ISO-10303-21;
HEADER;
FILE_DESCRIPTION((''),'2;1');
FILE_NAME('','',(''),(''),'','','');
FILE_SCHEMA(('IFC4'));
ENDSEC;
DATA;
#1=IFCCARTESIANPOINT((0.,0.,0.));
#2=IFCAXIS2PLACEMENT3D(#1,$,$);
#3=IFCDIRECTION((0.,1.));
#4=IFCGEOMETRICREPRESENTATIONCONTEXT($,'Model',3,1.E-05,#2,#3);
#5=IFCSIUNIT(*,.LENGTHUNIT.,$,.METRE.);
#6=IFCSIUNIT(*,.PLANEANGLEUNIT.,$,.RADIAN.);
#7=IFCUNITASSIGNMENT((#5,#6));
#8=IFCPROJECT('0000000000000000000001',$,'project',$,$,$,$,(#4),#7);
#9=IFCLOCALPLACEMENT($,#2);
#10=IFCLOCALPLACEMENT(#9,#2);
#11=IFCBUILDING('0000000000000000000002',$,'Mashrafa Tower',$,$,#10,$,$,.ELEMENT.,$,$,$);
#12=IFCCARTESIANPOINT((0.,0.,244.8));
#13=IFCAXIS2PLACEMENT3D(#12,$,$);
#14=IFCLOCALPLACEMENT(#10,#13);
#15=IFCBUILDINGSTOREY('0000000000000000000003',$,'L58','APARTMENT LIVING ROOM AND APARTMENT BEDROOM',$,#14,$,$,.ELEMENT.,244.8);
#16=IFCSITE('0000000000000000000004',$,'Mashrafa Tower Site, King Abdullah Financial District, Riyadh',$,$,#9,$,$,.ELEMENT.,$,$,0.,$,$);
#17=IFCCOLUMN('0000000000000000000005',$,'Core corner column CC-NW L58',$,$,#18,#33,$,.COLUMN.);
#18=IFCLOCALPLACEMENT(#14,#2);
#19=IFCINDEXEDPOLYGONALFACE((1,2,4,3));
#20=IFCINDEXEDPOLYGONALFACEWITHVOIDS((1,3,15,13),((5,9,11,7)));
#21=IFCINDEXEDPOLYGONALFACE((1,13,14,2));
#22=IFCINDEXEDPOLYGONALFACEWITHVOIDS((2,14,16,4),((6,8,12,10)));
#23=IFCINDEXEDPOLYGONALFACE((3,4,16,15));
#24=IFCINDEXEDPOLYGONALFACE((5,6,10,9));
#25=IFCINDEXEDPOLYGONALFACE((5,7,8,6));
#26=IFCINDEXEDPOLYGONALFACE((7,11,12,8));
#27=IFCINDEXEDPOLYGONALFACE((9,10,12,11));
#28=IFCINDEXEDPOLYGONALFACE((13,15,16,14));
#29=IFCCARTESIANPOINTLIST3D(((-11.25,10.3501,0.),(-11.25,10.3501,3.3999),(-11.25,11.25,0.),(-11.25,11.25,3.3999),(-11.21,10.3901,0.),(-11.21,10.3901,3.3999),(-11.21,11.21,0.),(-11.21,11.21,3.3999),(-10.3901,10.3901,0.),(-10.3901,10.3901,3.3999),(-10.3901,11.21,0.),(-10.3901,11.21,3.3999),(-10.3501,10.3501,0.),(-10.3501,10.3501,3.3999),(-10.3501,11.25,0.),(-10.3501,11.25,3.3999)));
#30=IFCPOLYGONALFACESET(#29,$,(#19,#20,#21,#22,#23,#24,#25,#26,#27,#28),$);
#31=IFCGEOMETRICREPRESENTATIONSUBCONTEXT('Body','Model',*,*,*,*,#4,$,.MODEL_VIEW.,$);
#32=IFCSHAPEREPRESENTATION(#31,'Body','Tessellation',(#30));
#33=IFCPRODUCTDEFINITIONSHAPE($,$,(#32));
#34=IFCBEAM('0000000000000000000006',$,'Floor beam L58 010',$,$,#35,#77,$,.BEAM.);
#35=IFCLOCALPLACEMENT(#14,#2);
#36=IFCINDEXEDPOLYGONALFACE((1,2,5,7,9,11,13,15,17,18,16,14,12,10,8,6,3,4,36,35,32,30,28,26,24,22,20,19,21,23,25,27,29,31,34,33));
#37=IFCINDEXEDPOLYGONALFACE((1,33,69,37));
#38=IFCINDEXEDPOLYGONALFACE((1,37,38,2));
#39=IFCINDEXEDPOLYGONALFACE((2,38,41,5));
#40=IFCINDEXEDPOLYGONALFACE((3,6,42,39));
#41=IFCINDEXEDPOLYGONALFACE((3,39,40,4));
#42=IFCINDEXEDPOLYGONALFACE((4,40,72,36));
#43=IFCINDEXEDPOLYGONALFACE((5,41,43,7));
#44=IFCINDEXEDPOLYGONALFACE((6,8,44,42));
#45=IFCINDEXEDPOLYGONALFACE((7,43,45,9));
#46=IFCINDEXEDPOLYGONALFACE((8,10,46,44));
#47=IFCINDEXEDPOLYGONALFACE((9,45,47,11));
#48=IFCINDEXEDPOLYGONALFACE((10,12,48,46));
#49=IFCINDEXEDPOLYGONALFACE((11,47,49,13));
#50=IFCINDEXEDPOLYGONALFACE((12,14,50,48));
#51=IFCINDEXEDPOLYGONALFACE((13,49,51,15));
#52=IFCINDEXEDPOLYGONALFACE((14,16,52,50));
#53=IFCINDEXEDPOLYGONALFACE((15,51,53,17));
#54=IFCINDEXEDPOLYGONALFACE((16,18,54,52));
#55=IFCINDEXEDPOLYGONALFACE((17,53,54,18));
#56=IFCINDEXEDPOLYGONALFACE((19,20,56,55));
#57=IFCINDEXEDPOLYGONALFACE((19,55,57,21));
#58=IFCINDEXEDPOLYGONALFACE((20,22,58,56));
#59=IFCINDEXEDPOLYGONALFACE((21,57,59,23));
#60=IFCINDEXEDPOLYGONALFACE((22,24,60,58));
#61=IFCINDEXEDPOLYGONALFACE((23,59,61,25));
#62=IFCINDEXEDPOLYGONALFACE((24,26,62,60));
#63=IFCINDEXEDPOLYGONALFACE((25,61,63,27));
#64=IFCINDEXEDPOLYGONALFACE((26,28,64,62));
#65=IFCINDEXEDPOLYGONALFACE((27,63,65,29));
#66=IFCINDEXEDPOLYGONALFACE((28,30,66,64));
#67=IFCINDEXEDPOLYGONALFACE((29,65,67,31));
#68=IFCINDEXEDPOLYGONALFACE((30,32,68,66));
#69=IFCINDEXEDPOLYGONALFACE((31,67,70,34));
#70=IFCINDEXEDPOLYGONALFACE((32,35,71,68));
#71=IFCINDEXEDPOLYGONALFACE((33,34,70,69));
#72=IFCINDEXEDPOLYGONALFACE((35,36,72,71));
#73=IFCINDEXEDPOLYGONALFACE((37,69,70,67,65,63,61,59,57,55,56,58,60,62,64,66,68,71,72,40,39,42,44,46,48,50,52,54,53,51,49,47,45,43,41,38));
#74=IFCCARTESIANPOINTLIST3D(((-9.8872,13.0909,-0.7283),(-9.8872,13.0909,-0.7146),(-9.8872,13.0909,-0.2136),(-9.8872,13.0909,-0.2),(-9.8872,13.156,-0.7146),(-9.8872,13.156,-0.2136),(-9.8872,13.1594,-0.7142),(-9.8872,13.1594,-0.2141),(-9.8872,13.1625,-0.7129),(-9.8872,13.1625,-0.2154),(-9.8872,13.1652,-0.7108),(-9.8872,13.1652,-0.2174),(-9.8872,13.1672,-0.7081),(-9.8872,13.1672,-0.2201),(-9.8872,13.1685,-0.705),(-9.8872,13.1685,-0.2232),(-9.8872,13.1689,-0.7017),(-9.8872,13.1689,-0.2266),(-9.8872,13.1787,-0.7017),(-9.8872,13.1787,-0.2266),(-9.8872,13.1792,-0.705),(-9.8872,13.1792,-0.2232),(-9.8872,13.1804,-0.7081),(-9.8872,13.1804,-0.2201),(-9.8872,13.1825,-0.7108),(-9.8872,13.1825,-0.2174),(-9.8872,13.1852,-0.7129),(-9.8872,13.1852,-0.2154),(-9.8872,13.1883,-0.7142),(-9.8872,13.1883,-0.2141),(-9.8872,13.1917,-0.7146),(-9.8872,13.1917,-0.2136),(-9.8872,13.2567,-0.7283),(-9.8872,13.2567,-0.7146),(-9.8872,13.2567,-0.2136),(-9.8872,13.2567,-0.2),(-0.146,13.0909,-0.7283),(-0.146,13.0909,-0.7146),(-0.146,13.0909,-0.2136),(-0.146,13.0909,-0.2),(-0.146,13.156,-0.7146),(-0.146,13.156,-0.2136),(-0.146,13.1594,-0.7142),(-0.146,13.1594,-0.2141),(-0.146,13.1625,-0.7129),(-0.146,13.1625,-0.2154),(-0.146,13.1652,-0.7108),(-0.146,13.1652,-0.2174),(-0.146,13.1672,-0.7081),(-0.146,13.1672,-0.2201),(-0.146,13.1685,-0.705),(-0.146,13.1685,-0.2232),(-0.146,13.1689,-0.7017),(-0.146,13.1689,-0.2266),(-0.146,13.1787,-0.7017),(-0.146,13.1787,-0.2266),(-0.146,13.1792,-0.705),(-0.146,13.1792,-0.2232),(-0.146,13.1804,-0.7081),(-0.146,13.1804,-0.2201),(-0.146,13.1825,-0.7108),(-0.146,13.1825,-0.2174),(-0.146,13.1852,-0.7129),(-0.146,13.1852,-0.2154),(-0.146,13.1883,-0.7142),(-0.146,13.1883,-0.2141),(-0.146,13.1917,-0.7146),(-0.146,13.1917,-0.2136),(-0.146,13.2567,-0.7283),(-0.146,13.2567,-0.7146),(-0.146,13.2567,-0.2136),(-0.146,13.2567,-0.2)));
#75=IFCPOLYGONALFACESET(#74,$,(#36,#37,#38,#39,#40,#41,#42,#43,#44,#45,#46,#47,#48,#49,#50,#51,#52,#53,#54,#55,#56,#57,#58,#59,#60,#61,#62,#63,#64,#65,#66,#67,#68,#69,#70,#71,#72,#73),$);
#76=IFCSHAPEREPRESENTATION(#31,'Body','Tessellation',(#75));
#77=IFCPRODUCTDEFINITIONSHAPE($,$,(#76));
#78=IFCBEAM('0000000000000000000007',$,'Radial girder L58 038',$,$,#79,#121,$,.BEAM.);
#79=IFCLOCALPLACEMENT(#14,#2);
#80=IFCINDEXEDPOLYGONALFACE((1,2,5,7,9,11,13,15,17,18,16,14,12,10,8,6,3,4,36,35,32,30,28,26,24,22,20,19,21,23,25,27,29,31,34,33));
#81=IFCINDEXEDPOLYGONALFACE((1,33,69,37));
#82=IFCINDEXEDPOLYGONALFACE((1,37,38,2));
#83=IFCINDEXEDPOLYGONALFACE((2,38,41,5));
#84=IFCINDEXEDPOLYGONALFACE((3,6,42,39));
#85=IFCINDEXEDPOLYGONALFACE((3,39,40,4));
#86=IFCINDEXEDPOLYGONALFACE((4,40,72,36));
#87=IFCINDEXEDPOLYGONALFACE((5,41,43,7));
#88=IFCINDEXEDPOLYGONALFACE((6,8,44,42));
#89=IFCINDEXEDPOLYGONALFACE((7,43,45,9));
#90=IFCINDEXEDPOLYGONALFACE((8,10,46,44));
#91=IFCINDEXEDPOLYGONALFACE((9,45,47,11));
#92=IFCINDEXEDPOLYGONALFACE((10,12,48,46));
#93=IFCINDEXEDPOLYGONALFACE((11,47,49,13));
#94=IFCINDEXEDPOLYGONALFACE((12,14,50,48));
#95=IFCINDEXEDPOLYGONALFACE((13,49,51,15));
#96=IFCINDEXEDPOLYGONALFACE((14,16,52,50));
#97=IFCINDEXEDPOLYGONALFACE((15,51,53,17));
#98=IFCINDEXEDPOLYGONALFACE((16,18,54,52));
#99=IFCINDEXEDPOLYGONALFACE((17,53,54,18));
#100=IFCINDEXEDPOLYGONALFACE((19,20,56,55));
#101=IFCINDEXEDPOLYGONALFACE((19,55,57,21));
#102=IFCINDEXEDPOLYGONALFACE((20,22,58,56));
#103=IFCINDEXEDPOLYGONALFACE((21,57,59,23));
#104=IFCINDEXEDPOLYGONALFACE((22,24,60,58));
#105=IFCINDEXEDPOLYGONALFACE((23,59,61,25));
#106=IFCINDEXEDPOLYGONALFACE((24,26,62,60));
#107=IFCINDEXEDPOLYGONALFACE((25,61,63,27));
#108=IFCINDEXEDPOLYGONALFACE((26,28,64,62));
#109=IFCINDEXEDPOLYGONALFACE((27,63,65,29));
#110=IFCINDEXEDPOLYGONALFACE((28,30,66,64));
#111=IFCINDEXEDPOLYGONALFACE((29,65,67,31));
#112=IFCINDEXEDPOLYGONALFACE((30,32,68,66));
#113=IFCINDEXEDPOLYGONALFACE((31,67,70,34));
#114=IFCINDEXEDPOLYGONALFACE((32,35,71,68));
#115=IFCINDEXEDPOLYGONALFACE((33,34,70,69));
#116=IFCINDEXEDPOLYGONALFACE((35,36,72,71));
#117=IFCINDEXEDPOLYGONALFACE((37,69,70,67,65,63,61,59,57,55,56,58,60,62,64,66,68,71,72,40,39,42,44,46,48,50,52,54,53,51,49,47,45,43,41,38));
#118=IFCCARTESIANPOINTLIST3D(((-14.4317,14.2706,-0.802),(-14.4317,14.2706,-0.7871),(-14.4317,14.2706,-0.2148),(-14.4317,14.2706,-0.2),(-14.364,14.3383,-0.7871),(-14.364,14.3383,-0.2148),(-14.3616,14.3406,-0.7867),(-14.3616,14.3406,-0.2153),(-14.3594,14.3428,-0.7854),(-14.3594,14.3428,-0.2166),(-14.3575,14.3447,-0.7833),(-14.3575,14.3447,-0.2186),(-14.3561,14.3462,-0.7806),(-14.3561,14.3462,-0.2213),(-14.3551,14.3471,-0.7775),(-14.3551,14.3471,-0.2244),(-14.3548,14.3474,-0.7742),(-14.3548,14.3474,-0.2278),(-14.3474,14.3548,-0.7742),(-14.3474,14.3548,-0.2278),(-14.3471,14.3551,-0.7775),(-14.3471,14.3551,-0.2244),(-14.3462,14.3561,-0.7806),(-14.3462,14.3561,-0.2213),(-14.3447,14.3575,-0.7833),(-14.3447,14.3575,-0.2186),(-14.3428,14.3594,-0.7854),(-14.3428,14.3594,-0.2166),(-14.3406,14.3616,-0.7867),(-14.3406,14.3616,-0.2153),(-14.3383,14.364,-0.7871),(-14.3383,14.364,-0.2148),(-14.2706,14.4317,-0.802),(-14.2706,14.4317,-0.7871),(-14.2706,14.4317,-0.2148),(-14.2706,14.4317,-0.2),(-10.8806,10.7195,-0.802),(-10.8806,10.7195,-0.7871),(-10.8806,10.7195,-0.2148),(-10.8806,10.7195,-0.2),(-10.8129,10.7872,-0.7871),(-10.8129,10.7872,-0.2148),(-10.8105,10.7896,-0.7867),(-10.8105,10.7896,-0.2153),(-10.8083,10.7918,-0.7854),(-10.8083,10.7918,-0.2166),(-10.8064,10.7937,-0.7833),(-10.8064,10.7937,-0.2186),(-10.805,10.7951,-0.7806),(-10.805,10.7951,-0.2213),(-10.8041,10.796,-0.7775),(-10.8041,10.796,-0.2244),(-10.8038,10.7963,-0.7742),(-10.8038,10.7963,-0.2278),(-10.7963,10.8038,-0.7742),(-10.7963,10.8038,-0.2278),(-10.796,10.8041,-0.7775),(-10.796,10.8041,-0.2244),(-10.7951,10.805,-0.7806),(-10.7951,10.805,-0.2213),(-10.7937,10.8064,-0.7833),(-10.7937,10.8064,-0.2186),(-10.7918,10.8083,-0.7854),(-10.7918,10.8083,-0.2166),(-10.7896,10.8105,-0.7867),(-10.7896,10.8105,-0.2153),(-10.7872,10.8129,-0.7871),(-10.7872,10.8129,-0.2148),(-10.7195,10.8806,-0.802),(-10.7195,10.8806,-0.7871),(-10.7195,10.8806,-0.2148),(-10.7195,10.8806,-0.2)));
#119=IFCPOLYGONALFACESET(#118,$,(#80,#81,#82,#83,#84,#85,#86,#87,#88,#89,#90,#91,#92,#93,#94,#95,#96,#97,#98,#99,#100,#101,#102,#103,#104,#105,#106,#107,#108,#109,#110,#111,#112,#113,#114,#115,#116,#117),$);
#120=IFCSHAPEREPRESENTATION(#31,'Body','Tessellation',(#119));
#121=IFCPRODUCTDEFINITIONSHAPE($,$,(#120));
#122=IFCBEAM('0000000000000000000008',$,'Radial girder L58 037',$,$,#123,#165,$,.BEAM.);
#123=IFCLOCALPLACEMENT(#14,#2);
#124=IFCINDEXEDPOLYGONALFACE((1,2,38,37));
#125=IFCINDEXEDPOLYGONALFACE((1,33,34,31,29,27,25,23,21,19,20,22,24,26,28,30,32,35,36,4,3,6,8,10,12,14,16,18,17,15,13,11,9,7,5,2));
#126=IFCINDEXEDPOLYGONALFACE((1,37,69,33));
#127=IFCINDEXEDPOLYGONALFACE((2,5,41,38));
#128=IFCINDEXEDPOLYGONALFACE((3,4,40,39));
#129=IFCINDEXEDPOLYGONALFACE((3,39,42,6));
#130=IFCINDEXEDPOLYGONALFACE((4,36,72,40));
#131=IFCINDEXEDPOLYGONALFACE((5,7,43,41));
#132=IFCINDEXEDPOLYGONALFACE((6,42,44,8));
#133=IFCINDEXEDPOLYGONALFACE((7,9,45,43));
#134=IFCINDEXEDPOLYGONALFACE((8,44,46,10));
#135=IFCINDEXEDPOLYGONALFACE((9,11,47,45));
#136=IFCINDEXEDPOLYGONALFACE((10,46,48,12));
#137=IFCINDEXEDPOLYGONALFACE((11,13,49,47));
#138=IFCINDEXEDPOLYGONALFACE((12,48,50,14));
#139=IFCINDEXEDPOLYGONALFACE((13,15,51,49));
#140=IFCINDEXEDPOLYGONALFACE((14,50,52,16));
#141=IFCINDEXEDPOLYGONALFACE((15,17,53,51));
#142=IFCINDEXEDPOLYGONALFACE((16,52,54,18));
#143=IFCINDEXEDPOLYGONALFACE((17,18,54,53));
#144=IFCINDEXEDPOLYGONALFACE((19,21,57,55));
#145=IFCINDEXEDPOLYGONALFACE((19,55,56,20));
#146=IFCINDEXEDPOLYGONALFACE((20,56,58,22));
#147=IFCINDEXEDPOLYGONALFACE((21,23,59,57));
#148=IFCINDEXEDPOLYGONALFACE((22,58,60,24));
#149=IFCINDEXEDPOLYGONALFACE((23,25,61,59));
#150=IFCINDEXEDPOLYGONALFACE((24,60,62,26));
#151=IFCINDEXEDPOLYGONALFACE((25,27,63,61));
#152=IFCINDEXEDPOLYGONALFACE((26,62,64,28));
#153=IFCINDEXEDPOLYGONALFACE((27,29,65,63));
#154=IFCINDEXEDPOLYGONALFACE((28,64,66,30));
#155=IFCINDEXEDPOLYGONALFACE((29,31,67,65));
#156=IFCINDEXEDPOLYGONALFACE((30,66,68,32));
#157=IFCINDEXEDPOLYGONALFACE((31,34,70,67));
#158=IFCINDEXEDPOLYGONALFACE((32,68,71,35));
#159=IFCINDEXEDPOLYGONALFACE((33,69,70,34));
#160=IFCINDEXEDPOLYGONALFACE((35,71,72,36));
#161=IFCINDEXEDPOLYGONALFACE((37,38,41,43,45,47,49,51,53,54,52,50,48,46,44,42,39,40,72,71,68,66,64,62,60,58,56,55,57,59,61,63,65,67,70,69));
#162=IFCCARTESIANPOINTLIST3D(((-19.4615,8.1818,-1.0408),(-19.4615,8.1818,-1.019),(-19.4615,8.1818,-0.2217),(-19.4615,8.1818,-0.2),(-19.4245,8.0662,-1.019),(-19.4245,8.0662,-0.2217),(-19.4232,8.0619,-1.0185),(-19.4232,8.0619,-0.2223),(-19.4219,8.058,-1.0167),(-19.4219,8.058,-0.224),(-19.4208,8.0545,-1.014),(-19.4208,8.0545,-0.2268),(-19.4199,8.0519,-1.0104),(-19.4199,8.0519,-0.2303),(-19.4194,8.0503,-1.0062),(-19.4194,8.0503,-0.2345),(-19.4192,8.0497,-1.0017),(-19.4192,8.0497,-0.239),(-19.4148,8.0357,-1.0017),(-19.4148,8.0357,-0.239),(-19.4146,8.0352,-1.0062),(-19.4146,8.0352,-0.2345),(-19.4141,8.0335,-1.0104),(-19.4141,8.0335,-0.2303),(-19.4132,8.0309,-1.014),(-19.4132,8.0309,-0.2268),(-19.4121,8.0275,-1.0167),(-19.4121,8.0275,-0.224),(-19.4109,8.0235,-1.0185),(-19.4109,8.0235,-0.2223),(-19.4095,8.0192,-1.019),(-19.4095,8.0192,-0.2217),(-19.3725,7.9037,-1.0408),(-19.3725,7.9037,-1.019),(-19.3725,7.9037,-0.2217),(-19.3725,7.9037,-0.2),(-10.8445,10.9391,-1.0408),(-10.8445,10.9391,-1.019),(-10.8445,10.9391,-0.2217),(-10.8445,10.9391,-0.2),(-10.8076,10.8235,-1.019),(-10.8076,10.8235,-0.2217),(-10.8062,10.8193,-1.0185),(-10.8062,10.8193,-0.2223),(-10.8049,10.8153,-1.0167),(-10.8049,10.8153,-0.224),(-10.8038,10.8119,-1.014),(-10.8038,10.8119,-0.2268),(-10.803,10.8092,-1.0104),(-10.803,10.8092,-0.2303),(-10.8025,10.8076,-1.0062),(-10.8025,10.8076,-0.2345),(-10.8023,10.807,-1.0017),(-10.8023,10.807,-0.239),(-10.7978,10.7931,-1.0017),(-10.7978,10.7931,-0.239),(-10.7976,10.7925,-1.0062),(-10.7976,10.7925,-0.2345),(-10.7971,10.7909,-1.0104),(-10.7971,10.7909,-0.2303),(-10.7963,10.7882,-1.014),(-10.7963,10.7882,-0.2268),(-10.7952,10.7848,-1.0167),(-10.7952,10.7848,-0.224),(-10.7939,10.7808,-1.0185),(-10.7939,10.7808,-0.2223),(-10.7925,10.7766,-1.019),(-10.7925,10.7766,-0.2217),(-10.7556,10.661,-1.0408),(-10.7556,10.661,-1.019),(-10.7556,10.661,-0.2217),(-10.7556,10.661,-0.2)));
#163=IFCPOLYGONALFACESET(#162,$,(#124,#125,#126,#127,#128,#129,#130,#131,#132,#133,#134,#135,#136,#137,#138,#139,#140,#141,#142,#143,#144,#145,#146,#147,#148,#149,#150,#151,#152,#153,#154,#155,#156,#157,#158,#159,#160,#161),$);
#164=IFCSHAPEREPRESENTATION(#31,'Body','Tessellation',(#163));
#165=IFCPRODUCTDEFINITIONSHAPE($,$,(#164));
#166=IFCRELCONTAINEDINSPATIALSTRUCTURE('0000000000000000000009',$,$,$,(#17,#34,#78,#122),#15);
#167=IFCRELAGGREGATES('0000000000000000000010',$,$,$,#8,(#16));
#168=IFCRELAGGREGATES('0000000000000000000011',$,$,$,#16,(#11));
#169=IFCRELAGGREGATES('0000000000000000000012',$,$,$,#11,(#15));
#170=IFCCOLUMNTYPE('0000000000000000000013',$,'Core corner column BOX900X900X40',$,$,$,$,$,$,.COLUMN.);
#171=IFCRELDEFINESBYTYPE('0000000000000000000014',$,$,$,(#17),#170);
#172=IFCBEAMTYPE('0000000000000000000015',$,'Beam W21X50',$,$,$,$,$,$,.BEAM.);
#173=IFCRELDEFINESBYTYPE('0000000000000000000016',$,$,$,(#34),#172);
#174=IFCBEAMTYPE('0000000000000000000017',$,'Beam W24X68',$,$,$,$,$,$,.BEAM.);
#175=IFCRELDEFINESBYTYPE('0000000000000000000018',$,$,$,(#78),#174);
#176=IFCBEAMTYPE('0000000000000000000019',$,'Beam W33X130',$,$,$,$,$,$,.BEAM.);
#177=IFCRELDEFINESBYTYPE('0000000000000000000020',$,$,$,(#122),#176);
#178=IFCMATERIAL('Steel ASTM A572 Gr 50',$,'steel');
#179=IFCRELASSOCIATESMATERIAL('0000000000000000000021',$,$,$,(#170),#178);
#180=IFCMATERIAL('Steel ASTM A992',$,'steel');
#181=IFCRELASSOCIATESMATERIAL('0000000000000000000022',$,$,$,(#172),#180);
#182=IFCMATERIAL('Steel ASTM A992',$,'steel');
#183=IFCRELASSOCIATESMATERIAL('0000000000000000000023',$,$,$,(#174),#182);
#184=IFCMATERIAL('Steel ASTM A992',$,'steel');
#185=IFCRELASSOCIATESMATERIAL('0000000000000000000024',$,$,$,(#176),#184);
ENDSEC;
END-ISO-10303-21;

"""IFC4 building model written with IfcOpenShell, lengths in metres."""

from ifc_helpers import new_model, si_unit, direction, frame, origin, origin_2d, place, context, subcontext, project, spatial, hollow_rectangle, i_section, extrude, material, material_profile, profile_set, type_object, element, save


model = new_model("IFC4")

# Units and contexts
model_context = context("Model", 3, precision=1e-05, world=origin(), true_north=direction((0.0, 1.0)))
body_context = subcontext(model_context, "Body", "Model", "MODEL_VIEW")
ifc_project = project(units=[si_unit("LENGTHUNIT", "METRE"), si_unit("PLANEANGLEUNIT", "RADIAN")], contexts=[model_context])

# Site, building, storey
site_placement = place(None, origin())
site = spatial("IfcSite", under=ifc_project, at=site_placement, Name="Mashrafa Tower Site, King Abdullah Financial District, Riyadh", CompositionType="ELEMENT", RefElevation=0.0)
building_placement = place(site_placement, origin())
building = spatial("IfcBuilding", under=site, at=building_placement, Name="Mashrafa Tower", CompositionType="ELEMENT")
storey_placement = place(building_placement, frame((0.0, 0.0, 244.8)))
storey = spatial("IfcBuildingStorey", under=building, at=storey_placement, Name="L58", Description="APARTMENT LIVING ROOM AND APARTMENT BEDROOM", CompositionType="ELEMENT", Elevation=244.8)

# Column
ifc_material_1 = material(Name="Steel ASTM A572 Gr 50", Category="steel")
ifc_material_profile_1 = material_profile(ifc_material_1, hollow_rectangle(XDim=0.8999, YDim=0.8999, WallThickness=0.04, at=origin_2d()), Name="BOX900X900X40")
ifc_profile_set_1 = profile_set([ifc_material_profile_1], Name="Steel ASTM A572 Gr 50")
column_type = type_object("IfcColumnType", Name="Core corner column BOX900X900X40", PredefinedType="COLUMN", material=ifc_profile_set_1)
column_placement = place(storey_placement, frame((-10.8, 10.8, 0.0), z_axis=(0.0, 0.0, 1.0), x_axis=(1.0, 0.0, 0.0)))
element("IfcColumn", 1, at=column_placement, inside=storey, type_object=column_type, Name="Core corner column CC-NW L58", PredefinedType="COLUMN", context=body_context, shape_type="SweptSolid", body=[
    extrude(hollow_rectangle(XDim=0.8999, YDim=0.8999, WallThickness=0.04, at=origin_2d()), origin(), (0.0, 0.0, 1.0), 3.3999),
])

# Beams
ifc_material_2 = material(Name="Steel ASTM A992", Category="steel")
ifc_material_profile_2 = material_profile(ifc_material_2, i_section(OverallWidth=0.1658, OverallDepth=0.5283, WebThickness=0.0098, FlangeThickness=0.0137, FilletRadius=0.0129, at=origin_2d()), Name="W21X50")
ifc_profile_set_2 = profile_set([ifc_material_profile_2], Name="Steel ASTM A992")
beam_type_1 = type_object("IfcBeamType", Name="Beam W21X50", PredefinedType="BEAM", material=ifc_profile_set_2)
beam_1_placement = place(storey_placement, frame((-9.8872, 13.1738, -0.4641), z_axis=(1.0, 0.0, 0.0), x_axis=(0.0, 1.0, 0.0)))
element("IfcBeam", 2, at=beam_1_placement, inside=storey, type_object=beam_type_1, Name="Floor beam L58 010", PredefinedType="BEAM", context=body_context, shape_type="SweptSolid", body=[
    extrude(i_section(OverallWidth=0.1658, OverallDepth=0.5283, WebThickness=0.0098, FlangeThickness=0.0137, FilletRadius=0.0129, at=origin_2d()), origin(), (0.0, 0.0, 1.0), 9.7412),
])
ifc_material_3 = material(Name="Steel ASTM A992", Category="steel")
ifc_material_profile_3 = material_profile(ifc_material_3, i_section(OverallWidth=0.2278, OverallDepth=0.6021, WebThickness=0.0105, FlangeThickness=0.0149, FilletRadius=0.0129, at=origin_2d()), Name="W24X68")
ifc_profile_set_3 = profile_set([ifc_material_profile_3], Name="Steel ASTM A992")
beam_type_2 = type_object("IfcBeamType", Name="Beam W24X68", PredefinedType="BEAM", material=ifc_profile_set_3)
beam_2_placement = place(storey_placement, frame((-10.8, 10.8, -0.501), z_axis=(-0.707107, 0.707107, 0.0), x_axis=(-0.707107, -0.707107, 0.0)))
element("IfcBeam", 3, at=beam_2_placement, inside=storey, type_object=beam_type_2, Name="Radial girder L58 038", PredefinedType="BEAM", context=body_context, shape_type="SweptSolid", body=[
    extrude(i_section(OverallWidth=0.2278, OverallDepth=0.6021, WebThickness=0.0105, FlangeThickness=0.0149, FilletRadius=0.0129, at=origin_2d()), origin(), (0.0, 0.0, 1.0), 5.022),
])
ifc_material_4 = material(Name="Steel ASTM A992", Category="steel")
ifc_material_profile_4 = material_profile(ifc_material_4, i_section(OverallWidth=0.292, OverallDepth=0.8408, WebThickness=0.0146, FlangeThickness=0.0217, FilletRadius=0.0173, at=origin_2d()), Name="W33X130")
ifc_profile_set_4 = profile_set([ifc_material_profile_4], Name="Steel ASTM A992")
beam_type_3 = type_object("IfcBeamType", Name="Beam W33X130", PredefinedType="BEAM", material=ifc_profile_set_4)
for number, where, z_axis, x_axis, name in (
    (4, (-10.8, 10.8, -0.6204), (-0.952427, -0.304766, 0.0), (0.304766, -0.952427, 0.0), "Radial girder L58 037"),
):
    element("IfcBeam", number, at=place(storey_placement, frame(where, z_axis=z_axis, x_axis=x_axis)), inside=storey, type_object=beam_type_3, Name=name, PredefinedType="BEAM", context=body_context, shape_type="SweptSolid", body=[
        extrude(i_section(OverallWidth=0.292, OverallDepth=0.8408, WebThickness=0.0146, FlangeThickness=0.0217, FilletRadius=0.0173, at=origin_2d()), origin(), (0.0, 0.0, 1.0), 9.0474),
    ])

save(model, "model.ifc")
